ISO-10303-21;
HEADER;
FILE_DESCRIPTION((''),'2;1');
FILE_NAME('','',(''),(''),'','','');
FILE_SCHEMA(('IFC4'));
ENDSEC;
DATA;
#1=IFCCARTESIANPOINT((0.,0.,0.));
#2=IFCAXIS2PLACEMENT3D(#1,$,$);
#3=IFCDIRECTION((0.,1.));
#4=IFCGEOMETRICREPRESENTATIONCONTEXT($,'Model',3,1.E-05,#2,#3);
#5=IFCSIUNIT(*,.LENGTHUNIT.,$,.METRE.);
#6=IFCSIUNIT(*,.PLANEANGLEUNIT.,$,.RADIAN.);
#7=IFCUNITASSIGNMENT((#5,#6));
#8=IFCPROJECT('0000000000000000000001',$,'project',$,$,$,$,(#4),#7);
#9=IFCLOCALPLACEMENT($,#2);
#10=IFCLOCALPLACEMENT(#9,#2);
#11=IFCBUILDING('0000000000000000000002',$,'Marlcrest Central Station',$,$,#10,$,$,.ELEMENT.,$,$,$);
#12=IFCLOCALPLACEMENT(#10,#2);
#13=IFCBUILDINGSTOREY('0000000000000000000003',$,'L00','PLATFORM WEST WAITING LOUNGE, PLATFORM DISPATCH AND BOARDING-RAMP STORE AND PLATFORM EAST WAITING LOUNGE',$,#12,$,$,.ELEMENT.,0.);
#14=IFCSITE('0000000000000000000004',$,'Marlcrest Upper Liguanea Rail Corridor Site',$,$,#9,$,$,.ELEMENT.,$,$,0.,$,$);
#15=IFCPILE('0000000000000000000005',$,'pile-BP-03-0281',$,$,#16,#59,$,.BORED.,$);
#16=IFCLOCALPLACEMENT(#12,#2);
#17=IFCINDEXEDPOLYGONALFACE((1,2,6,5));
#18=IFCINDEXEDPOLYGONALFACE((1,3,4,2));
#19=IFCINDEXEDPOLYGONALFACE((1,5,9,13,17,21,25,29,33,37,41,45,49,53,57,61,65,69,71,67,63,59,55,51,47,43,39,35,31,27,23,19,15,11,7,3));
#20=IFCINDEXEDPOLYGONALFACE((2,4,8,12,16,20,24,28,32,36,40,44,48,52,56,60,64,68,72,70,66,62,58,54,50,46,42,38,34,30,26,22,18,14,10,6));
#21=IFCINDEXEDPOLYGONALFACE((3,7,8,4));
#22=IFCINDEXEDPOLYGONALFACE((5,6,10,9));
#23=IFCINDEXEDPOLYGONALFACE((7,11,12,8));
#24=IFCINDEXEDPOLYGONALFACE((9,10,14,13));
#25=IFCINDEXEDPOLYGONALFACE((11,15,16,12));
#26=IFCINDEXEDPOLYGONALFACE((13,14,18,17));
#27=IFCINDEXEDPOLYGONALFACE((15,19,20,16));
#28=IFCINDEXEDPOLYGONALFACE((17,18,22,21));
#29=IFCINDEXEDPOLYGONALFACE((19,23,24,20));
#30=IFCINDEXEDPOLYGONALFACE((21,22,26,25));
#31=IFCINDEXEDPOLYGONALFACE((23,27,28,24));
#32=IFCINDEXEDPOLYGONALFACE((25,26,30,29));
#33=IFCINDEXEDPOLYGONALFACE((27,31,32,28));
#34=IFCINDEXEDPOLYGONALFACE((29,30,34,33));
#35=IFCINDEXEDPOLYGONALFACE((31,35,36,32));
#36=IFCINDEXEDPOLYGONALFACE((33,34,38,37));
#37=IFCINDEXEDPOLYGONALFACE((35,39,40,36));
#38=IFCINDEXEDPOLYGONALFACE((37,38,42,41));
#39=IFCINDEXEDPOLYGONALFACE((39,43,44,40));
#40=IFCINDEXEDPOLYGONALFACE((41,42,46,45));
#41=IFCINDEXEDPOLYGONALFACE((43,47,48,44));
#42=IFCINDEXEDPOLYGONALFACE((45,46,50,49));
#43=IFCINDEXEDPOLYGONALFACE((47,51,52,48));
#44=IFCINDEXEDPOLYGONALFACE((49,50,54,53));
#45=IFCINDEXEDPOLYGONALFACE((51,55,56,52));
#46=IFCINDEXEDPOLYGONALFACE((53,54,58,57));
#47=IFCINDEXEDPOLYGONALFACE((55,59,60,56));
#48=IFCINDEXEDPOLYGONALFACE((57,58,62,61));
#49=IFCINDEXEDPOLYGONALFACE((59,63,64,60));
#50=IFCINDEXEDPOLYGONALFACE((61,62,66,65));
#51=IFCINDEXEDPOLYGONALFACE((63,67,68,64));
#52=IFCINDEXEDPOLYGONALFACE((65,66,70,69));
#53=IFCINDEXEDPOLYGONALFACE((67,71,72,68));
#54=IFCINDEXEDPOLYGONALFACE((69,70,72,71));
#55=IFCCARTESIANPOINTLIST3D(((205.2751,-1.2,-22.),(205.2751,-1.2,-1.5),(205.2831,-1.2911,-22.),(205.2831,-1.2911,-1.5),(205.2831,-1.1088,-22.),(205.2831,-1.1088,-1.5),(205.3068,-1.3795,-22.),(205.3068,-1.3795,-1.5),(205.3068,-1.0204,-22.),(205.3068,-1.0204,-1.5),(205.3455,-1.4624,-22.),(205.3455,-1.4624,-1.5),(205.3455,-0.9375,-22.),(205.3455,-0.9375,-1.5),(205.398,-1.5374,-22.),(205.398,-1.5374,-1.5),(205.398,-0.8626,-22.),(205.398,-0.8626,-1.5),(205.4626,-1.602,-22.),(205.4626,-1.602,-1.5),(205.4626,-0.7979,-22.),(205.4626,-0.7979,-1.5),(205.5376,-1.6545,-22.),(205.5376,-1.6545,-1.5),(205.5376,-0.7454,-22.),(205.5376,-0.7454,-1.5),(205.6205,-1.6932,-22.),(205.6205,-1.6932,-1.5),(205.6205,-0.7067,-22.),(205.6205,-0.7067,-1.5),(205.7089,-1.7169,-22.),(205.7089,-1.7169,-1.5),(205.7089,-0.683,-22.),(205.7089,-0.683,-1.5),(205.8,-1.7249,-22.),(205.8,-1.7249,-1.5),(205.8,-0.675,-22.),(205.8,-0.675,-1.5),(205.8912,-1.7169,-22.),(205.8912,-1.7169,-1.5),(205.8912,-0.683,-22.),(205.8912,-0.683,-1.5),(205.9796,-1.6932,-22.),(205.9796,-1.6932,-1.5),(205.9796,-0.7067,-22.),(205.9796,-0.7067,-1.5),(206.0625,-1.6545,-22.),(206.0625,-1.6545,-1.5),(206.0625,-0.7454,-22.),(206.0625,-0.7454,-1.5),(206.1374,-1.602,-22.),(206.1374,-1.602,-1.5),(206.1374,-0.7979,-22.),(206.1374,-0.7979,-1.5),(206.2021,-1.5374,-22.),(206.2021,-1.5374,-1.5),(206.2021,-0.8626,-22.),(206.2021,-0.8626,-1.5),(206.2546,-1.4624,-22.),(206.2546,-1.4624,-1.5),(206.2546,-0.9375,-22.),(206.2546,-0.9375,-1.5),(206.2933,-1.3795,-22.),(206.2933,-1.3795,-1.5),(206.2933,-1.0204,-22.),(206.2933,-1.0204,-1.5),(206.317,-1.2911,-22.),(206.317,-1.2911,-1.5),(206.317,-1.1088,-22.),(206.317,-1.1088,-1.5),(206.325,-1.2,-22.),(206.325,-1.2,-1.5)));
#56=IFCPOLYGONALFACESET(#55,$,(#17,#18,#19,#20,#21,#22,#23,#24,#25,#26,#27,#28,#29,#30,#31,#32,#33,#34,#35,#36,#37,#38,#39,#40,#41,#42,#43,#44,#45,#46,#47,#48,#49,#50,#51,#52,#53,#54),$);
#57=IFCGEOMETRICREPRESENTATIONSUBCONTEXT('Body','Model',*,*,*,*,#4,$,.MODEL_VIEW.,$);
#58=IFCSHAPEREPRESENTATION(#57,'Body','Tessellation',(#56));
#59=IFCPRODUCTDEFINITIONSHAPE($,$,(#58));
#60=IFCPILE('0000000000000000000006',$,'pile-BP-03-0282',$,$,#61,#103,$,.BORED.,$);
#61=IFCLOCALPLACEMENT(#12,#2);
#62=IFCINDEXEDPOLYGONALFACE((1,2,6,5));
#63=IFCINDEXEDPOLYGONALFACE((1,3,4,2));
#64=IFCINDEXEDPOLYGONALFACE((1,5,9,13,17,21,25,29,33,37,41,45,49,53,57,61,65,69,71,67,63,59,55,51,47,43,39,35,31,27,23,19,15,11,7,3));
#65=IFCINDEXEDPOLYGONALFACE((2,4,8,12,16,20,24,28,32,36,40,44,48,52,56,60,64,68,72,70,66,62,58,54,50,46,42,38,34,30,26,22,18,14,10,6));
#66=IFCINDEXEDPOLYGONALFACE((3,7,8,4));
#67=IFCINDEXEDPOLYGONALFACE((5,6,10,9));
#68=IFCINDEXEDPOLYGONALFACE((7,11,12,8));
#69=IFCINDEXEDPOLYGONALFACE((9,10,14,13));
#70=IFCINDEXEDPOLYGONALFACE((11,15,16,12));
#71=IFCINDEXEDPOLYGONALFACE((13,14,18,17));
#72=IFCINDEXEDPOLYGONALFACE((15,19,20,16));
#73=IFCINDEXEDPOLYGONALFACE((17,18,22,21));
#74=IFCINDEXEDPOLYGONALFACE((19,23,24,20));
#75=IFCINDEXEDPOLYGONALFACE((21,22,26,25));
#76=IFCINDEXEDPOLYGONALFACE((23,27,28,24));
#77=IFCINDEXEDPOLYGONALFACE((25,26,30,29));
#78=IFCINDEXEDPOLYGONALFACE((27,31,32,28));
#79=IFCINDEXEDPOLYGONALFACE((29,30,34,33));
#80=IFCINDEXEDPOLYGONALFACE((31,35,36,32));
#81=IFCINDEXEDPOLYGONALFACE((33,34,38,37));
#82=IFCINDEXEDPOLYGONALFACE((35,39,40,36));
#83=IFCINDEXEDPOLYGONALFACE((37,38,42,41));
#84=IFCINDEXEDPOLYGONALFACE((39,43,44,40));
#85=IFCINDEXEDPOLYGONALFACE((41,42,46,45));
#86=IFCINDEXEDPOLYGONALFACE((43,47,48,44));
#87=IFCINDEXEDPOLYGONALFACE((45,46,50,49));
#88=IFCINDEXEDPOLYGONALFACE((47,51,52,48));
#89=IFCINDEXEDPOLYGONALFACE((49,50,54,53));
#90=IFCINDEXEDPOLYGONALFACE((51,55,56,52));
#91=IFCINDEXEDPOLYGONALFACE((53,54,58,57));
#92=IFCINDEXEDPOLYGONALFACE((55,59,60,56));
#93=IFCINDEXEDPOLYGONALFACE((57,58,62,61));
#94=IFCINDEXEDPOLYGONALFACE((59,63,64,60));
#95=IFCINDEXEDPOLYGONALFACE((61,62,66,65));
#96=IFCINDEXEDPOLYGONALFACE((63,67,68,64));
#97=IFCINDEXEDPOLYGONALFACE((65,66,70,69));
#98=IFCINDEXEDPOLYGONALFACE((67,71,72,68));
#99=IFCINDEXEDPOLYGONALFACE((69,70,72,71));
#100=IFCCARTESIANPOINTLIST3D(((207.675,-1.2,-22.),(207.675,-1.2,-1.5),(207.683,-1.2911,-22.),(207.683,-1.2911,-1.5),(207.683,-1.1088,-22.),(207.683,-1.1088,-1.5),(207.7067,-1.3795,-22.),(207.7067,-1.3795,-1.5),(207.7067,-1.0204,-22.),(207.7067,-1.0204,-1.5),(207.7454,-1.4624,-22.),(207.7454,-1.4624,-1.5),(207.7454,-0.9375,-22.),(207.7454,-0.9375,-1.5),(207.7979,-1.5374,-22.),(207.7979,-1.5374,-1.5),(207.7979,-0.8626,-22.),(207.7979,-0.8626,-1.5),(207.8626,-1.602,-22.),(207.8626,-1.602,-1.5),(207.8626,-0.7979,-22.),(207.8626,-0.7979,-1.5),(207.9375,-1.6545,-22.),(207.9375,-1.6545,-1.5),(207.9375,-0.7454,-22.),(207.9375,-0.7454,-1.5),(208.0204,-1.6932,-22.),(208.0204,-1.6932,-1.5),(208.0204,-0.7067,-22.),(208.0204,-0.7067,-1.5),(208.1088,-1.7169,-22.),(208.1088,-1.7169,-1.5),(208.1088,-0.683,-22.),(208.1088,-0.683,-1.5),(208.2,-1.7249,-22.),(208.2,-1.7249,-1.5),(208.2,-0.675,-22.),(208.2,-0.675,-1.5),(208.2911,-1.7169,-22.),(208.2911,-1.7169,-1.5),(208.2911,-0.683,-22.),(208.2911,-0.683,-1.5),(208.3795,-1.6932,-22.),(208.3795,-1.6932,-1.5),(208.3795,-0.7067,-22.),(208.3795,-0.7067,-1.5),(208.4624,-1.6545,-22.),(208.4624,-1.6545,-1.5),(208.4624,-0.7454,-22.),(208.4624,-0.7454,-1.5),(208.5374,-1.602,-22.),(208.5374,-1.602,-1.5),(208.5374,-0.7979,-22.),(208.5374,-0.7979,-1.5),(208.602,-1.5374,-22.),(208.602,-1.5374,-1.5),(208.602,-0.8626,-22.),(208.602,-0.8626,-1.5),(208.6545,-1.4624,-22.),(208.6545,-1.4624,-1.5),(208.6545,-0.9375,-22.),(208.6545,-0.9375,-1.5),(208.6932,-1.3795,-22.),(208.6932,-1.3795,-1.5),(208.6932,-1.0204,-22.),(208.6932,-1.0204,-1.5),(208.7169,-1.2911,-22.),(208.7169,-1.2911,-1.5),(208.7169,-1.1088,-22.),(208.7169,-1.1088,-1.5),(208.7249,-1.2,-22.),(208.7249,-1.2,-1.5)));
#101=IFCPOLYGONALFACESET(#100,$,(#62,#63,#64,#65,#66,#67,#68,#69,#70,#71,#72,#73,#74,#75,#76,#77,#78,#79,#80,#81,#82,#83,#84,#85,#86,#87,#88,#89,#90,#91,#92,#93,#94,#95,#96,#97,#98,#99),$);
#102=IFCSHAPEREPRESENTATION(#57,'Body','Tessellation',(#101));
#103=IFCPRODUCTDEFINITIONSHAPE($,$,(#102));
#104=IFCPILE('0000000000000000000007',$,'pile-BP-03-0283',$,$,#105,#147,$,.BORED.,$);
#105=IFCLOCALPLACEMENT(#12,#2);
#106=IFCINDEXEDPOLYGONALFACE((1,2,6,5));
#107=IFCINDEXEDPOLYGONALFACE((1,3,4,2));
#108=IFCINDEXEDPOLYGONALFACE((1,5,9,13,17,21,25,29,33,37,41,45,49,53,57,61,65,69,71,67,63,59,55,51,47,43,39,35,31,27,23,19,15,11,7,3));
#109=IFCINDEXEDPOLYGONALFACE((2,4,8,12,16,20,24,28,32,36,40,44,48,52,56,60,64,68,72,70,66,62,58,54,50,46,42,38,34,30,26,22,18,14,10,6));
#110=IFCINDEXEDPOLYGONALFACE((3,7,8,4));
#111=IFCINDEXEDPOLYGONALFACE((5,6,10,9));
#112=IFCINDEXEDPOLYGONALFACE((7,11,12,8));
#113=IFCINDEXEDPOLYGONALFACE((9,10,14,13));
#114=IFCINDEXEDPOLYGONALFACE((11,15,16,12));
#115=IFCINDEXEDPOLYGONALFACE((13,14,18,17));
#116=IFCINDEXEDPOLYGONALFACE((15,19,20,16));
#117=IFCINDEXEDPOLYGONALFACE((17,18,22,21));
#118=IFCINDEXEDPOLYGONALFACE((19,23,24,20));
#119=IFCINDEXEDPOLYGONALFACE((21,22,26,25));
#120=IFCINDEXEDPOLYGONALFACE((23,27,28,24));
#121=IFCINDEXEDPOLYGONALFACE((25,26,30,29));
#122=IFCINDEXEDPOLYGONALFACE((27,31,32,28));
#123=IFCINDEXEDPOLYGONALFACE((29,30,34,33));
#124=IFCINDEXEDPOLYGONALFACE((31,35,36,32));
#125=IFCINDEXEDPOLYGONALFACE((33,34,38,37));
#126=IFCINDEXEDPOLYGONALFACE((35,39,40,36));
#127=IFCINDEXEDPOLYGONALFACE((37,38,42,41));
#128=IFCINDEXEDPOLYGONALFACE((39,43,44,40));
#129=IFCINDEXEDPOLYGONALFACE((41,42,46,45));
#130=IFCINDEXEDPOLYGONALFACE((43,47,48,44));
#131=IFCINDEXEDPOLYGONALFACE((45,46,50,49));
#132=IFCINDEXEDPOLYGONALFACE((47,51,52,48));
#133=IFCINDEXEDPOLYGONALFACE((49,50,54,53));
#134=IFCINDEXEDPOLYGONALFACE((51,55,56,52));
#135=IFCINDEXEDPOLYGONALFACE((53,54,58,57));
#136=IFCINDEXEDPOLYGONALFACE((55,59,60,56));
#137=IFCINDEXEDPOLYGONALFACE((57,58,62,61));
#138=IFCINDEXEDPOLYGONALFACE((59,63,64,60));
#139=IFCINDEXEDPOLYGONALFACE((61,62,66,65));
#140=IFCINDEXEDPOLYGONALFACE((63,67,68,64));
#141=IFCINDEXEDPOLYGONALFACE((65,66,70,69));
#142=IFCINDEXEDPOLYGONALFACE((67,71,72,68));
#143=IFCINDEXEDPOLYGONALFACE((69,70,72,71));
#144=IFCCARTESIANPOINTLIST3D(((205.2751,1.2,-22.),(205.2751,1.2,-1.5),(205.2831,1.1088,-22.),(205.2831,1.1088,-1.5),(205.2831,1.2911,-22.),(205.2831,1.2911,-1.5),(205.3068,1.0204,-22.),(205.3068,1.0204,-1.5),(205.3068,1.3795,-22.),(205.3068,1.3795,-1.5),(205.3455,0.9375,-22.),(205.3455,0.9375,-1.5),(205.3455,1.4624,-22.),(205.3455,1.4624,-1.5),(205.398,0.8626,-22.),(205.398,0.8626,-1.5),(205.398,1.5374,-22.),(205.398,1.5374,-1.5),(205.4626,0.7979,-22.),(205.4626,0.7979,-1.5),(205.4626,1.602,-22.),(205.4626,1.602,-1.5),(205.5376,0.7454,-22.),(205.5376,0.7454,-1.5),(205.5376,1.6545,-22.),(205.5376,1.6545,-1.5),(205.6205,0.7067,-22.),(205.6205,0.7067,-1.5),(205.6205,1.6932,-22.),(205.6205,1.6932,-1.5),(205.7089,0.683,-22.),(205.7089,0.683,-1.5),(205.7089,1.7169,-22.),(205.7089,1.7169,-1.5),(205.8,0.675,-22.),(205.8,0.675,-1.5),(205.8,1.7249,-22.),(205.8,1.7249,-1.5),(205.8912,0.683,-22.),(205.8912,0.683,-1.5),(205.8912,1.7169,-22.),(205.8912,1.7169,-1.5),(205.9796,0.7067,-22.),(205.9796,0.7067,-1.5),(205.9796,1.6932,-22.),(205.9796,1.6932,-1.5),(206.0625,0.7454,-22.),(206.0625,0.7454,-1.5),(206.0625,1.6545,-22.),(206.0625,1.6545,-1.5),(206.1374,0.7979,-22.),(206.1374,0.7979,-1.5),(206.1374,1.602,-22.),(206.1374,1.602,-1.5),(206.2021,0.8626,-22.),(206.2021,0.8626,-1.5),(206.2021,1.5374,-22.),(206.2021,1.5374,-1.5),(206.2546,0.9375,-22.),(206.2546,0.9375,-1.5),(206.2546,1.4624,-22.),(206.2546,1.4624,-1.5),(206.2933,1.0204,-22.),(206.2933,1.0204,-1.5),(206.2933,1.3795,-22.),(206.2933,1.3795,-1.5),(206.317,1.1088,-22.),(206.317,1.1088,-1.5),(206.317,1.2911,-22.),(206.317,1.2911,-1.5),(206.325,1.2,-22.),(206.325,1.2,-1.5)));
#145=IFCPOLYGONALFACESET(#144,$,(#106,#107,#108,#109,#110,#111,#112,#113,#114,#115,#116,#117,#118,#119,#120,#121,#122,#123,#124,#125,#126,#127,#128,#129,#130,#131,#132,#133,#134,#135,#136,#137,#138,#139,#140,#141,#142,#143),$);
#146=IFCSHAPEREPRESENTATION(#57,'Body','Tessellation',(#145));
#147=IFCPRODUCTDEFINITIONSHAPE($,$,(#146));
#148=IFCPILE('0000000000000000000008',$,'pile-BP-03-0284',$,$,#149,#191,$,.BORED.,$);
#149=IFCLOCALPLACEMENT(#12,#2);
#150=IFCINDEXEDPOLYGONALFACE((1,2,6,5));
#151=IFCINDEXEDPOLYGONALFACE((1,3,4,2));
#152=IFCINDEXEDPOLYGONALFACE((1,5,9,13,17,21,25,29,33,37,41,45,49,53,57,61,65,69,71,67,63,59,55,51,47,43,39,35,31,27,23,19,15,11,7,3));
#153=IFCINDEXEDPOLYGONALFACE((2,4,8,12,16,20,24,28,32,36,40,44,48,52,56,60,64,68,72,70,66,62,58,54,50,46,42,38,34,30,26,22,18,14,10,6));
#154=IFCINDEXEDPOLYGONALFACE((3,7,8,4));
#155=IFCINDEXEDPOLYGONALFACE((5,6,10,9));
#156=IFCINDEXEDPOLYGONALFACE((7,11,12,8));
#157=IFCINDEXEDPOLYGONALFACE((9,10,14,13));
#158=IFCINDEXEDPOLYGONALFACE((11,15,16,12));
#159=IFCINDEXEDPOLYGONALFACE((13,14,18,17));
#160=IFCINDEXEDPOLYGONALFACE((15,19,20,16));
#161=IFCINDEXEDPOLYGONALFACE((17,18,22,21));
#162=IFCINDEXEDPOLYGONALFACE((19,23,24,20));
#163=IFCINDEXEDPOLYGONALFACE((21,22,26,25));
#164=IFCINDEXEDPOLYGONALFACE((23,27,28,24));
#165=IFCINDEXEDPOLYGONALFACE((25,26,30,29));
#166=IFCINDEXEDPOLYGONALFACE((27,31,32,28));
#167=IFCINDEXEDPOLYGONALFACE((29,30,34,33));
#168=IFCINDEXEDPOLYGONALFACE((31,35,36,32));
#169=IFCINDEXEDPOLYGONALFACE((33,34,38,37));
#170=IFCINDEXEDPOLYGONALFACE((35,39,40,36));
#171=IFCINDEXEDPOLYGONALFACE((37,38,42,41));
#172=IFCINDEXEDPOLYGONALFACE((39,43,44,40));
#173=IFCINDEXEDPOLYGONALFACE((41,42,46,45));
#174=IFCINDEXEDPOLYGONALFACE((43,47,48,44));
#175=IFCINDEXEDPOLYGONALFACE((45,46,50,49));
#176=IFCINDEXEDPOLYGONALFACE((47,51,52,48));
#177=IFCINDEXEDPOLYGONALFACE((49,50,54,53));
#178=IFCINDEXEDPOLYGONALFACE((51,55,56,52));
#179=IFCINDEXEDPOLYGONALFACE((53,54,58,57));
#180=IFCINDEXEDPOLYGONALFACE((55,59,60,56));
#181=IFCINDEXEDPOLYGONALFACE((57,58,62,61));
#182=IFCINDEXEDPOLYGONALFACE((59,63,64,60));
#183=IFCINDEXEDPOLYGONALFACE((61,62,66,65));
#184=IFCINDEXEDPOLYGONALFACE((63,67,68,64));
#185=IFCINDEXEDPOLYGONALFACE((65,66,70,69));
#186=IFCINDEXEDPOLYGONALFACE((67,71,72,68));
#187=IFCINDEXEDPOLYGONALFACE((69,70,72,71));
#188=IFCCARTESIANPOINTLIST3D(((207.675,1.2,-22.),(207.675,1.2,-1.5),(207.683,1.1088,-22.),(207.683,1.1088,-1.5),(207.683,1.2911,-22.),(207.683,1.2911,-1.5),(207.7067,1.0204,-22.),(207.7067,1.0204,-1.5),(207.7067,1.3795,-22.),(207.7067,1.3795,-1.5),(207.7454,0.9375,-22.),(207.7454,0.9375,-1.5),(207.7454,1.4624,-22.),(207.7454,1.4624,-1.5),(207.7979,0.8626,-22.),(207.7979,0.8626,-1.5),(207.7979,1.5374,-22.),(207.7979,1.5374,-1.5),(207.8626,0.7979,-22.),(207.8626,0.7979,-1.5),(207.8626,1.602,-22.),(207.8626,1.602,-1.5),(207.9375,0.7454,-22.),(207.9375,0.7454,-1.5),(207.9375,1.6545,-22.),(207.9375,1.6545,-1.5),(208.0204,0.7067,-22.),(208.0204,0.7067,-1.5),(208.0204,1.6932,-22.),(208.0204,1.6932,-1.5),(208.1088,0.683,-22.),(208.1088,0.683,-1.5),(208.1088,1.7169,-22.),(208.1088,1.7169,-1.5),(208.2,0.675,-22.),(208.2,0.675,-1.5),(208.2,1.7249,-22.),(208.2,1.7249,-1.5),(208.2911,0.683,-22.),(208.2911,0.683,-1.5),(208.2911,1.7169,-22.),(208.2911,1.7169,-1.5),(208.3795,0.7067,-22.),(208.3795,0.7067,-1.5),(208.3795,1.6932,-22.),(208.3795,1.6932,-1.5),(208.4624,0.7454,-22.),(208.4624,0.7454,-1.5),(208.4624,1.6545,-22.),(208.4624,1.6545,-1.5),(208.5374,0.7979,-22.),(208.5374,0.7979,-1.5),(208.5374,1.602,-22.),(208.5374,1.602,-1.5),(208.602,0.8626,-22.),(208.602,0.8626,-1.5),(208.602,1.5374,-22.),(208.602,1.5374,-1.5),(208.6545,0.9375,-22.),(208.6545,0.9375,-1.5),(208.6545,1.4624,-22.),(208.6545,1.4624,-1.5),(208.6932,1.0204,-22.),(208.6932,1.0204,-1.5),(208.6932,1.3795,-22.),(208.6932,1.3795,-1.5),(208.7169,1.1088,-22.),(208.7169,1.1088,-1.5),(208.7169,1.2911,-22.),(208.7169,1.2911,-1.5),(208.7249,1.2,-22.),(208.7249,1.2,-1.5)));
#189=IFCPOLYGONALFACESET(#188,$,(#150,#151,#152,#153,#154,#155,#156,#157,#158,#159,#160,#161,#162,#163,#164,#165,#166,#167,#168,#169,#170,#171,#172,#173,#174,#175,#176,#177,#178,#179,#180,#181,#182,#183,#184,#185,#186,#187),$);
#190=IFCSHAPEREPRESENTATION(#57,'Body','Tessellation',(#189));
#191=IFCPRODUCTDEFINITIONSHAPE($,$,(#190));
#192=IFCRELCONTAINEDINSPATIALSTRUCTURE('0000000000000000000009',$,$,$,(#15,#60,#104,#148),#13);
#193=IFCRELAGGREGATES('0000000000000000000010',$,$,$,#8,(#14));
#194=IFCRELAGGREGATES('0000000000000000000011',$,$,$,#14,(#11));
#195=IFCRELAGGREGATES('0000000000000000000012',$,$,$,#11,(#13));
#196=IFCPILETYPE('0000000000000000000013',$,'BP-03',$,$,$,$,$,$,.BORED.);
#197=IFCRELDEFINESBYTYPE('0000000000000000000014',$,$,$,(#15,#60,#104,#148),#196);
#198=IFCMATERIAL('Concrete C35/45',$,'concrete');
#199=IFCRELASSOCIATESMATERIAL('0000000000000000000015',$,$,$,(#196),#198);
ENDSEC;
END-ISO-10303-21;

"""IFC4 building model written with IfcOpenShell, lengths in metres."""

from ifc_helpers import new_model, si_unit, direction, frame, origin, origin_2d, place, context, subcontext, project, spatial, circle, extrude, material, material_profile, profile_set, type_object, element, save


model = new_model("IFC4")

# Units and contexts
model_context = context("Model", 3, precision=1e-05, world=origin(), true_north=direction((0.0, 1.0)))
body_context = subcontext(model_context, "Body", "Model", "MODEL_VIEW")
ifc_project = project(units=[si_unit("LENGTHUNIT", "METRE"), si_unit("PLANEANGLEUNIT", "RADIAN")], contexts=[model_context])

# Site, building, storey
site_placement = place(None, origin())
site = spatial("IfcSite", under=ifc_project, at=site_placement, Name="Marlcrest Upper Liguanea Rail Corridor Site", CompositionType="ELEMENT", RefElevation=0.0)
building_placement = place(site_placement, origin())
building = spatial("IfcBuilding", under=site, at=building_placement, Name="Marlcrest Central Station", CompositionType="ELEMENT")
storey_placement = place(building_placement, origin())
storey = spatial("IfcBuildingStorey", under=building, at=storey_placement, Name="L00", Description="PLATFORM WEST WAITING LOUNGE, PLATFORM DISPATCH AND BOARDING-RAMP STORE AND PLATFORM EAST WAITING LOUNGE", CompositionType="ELEMENT", Elevation=0.0)

# Piles
ifc_material_1 = material(Name="Concrete C35/45", Category="concrete")
ifc_material_profile_1 = material_profile(ifc_material_1, circle(Radius=0.5249, at=origin_2d()), Name="PILE D1050")
ifc_profile_set_1 = profile_set([ifc_material_profile_1], Name="Concrete C35/45")
pile_type = type_object("IfcPileType", Name="BP-03", PredefinedType="BORED", material=ifc_profile_set_1)
for number, where, z_axis, x_axis, name in (
    (1, (205.8, -1.2, -1.5), (0.0, 0.0, -1.0), (1.0, 0.0, 0.0), "pile-BP-03-0281"),
    (2, (208.2, -1.2, -1.5), (0.0, 0.0, -1.0), (1.0, 0.0, 0.0), "pile-BP-03-0282"),
    (3, (205.8, 1.2, -1.5), (0.0, 0.0, -1.0), (1.0, 0.0, 0.0), "pile-BP-03-0283"),
    (4, (208.2, 1.2, -1.5), (0.0, 0.0, -1.0), (1.0, 0.0, 0.0), "pile-BP-03-0284"),
):
    element("IfcPile", number, at=place(storey_placement, frame(where, z_axis=z_axis, x_axis=x_axis)), inside=storey, type_object=pile_type, Name=name, PredefinedType="BORED", context=body_context, shape_type="SweptSolid", body=[
        extrude(circle(Radius=0.5249, at=origin_2d()), origin(), (0.0, 0.0, 1.0), 20.5),
    ])

save(model, "model.ifc")
